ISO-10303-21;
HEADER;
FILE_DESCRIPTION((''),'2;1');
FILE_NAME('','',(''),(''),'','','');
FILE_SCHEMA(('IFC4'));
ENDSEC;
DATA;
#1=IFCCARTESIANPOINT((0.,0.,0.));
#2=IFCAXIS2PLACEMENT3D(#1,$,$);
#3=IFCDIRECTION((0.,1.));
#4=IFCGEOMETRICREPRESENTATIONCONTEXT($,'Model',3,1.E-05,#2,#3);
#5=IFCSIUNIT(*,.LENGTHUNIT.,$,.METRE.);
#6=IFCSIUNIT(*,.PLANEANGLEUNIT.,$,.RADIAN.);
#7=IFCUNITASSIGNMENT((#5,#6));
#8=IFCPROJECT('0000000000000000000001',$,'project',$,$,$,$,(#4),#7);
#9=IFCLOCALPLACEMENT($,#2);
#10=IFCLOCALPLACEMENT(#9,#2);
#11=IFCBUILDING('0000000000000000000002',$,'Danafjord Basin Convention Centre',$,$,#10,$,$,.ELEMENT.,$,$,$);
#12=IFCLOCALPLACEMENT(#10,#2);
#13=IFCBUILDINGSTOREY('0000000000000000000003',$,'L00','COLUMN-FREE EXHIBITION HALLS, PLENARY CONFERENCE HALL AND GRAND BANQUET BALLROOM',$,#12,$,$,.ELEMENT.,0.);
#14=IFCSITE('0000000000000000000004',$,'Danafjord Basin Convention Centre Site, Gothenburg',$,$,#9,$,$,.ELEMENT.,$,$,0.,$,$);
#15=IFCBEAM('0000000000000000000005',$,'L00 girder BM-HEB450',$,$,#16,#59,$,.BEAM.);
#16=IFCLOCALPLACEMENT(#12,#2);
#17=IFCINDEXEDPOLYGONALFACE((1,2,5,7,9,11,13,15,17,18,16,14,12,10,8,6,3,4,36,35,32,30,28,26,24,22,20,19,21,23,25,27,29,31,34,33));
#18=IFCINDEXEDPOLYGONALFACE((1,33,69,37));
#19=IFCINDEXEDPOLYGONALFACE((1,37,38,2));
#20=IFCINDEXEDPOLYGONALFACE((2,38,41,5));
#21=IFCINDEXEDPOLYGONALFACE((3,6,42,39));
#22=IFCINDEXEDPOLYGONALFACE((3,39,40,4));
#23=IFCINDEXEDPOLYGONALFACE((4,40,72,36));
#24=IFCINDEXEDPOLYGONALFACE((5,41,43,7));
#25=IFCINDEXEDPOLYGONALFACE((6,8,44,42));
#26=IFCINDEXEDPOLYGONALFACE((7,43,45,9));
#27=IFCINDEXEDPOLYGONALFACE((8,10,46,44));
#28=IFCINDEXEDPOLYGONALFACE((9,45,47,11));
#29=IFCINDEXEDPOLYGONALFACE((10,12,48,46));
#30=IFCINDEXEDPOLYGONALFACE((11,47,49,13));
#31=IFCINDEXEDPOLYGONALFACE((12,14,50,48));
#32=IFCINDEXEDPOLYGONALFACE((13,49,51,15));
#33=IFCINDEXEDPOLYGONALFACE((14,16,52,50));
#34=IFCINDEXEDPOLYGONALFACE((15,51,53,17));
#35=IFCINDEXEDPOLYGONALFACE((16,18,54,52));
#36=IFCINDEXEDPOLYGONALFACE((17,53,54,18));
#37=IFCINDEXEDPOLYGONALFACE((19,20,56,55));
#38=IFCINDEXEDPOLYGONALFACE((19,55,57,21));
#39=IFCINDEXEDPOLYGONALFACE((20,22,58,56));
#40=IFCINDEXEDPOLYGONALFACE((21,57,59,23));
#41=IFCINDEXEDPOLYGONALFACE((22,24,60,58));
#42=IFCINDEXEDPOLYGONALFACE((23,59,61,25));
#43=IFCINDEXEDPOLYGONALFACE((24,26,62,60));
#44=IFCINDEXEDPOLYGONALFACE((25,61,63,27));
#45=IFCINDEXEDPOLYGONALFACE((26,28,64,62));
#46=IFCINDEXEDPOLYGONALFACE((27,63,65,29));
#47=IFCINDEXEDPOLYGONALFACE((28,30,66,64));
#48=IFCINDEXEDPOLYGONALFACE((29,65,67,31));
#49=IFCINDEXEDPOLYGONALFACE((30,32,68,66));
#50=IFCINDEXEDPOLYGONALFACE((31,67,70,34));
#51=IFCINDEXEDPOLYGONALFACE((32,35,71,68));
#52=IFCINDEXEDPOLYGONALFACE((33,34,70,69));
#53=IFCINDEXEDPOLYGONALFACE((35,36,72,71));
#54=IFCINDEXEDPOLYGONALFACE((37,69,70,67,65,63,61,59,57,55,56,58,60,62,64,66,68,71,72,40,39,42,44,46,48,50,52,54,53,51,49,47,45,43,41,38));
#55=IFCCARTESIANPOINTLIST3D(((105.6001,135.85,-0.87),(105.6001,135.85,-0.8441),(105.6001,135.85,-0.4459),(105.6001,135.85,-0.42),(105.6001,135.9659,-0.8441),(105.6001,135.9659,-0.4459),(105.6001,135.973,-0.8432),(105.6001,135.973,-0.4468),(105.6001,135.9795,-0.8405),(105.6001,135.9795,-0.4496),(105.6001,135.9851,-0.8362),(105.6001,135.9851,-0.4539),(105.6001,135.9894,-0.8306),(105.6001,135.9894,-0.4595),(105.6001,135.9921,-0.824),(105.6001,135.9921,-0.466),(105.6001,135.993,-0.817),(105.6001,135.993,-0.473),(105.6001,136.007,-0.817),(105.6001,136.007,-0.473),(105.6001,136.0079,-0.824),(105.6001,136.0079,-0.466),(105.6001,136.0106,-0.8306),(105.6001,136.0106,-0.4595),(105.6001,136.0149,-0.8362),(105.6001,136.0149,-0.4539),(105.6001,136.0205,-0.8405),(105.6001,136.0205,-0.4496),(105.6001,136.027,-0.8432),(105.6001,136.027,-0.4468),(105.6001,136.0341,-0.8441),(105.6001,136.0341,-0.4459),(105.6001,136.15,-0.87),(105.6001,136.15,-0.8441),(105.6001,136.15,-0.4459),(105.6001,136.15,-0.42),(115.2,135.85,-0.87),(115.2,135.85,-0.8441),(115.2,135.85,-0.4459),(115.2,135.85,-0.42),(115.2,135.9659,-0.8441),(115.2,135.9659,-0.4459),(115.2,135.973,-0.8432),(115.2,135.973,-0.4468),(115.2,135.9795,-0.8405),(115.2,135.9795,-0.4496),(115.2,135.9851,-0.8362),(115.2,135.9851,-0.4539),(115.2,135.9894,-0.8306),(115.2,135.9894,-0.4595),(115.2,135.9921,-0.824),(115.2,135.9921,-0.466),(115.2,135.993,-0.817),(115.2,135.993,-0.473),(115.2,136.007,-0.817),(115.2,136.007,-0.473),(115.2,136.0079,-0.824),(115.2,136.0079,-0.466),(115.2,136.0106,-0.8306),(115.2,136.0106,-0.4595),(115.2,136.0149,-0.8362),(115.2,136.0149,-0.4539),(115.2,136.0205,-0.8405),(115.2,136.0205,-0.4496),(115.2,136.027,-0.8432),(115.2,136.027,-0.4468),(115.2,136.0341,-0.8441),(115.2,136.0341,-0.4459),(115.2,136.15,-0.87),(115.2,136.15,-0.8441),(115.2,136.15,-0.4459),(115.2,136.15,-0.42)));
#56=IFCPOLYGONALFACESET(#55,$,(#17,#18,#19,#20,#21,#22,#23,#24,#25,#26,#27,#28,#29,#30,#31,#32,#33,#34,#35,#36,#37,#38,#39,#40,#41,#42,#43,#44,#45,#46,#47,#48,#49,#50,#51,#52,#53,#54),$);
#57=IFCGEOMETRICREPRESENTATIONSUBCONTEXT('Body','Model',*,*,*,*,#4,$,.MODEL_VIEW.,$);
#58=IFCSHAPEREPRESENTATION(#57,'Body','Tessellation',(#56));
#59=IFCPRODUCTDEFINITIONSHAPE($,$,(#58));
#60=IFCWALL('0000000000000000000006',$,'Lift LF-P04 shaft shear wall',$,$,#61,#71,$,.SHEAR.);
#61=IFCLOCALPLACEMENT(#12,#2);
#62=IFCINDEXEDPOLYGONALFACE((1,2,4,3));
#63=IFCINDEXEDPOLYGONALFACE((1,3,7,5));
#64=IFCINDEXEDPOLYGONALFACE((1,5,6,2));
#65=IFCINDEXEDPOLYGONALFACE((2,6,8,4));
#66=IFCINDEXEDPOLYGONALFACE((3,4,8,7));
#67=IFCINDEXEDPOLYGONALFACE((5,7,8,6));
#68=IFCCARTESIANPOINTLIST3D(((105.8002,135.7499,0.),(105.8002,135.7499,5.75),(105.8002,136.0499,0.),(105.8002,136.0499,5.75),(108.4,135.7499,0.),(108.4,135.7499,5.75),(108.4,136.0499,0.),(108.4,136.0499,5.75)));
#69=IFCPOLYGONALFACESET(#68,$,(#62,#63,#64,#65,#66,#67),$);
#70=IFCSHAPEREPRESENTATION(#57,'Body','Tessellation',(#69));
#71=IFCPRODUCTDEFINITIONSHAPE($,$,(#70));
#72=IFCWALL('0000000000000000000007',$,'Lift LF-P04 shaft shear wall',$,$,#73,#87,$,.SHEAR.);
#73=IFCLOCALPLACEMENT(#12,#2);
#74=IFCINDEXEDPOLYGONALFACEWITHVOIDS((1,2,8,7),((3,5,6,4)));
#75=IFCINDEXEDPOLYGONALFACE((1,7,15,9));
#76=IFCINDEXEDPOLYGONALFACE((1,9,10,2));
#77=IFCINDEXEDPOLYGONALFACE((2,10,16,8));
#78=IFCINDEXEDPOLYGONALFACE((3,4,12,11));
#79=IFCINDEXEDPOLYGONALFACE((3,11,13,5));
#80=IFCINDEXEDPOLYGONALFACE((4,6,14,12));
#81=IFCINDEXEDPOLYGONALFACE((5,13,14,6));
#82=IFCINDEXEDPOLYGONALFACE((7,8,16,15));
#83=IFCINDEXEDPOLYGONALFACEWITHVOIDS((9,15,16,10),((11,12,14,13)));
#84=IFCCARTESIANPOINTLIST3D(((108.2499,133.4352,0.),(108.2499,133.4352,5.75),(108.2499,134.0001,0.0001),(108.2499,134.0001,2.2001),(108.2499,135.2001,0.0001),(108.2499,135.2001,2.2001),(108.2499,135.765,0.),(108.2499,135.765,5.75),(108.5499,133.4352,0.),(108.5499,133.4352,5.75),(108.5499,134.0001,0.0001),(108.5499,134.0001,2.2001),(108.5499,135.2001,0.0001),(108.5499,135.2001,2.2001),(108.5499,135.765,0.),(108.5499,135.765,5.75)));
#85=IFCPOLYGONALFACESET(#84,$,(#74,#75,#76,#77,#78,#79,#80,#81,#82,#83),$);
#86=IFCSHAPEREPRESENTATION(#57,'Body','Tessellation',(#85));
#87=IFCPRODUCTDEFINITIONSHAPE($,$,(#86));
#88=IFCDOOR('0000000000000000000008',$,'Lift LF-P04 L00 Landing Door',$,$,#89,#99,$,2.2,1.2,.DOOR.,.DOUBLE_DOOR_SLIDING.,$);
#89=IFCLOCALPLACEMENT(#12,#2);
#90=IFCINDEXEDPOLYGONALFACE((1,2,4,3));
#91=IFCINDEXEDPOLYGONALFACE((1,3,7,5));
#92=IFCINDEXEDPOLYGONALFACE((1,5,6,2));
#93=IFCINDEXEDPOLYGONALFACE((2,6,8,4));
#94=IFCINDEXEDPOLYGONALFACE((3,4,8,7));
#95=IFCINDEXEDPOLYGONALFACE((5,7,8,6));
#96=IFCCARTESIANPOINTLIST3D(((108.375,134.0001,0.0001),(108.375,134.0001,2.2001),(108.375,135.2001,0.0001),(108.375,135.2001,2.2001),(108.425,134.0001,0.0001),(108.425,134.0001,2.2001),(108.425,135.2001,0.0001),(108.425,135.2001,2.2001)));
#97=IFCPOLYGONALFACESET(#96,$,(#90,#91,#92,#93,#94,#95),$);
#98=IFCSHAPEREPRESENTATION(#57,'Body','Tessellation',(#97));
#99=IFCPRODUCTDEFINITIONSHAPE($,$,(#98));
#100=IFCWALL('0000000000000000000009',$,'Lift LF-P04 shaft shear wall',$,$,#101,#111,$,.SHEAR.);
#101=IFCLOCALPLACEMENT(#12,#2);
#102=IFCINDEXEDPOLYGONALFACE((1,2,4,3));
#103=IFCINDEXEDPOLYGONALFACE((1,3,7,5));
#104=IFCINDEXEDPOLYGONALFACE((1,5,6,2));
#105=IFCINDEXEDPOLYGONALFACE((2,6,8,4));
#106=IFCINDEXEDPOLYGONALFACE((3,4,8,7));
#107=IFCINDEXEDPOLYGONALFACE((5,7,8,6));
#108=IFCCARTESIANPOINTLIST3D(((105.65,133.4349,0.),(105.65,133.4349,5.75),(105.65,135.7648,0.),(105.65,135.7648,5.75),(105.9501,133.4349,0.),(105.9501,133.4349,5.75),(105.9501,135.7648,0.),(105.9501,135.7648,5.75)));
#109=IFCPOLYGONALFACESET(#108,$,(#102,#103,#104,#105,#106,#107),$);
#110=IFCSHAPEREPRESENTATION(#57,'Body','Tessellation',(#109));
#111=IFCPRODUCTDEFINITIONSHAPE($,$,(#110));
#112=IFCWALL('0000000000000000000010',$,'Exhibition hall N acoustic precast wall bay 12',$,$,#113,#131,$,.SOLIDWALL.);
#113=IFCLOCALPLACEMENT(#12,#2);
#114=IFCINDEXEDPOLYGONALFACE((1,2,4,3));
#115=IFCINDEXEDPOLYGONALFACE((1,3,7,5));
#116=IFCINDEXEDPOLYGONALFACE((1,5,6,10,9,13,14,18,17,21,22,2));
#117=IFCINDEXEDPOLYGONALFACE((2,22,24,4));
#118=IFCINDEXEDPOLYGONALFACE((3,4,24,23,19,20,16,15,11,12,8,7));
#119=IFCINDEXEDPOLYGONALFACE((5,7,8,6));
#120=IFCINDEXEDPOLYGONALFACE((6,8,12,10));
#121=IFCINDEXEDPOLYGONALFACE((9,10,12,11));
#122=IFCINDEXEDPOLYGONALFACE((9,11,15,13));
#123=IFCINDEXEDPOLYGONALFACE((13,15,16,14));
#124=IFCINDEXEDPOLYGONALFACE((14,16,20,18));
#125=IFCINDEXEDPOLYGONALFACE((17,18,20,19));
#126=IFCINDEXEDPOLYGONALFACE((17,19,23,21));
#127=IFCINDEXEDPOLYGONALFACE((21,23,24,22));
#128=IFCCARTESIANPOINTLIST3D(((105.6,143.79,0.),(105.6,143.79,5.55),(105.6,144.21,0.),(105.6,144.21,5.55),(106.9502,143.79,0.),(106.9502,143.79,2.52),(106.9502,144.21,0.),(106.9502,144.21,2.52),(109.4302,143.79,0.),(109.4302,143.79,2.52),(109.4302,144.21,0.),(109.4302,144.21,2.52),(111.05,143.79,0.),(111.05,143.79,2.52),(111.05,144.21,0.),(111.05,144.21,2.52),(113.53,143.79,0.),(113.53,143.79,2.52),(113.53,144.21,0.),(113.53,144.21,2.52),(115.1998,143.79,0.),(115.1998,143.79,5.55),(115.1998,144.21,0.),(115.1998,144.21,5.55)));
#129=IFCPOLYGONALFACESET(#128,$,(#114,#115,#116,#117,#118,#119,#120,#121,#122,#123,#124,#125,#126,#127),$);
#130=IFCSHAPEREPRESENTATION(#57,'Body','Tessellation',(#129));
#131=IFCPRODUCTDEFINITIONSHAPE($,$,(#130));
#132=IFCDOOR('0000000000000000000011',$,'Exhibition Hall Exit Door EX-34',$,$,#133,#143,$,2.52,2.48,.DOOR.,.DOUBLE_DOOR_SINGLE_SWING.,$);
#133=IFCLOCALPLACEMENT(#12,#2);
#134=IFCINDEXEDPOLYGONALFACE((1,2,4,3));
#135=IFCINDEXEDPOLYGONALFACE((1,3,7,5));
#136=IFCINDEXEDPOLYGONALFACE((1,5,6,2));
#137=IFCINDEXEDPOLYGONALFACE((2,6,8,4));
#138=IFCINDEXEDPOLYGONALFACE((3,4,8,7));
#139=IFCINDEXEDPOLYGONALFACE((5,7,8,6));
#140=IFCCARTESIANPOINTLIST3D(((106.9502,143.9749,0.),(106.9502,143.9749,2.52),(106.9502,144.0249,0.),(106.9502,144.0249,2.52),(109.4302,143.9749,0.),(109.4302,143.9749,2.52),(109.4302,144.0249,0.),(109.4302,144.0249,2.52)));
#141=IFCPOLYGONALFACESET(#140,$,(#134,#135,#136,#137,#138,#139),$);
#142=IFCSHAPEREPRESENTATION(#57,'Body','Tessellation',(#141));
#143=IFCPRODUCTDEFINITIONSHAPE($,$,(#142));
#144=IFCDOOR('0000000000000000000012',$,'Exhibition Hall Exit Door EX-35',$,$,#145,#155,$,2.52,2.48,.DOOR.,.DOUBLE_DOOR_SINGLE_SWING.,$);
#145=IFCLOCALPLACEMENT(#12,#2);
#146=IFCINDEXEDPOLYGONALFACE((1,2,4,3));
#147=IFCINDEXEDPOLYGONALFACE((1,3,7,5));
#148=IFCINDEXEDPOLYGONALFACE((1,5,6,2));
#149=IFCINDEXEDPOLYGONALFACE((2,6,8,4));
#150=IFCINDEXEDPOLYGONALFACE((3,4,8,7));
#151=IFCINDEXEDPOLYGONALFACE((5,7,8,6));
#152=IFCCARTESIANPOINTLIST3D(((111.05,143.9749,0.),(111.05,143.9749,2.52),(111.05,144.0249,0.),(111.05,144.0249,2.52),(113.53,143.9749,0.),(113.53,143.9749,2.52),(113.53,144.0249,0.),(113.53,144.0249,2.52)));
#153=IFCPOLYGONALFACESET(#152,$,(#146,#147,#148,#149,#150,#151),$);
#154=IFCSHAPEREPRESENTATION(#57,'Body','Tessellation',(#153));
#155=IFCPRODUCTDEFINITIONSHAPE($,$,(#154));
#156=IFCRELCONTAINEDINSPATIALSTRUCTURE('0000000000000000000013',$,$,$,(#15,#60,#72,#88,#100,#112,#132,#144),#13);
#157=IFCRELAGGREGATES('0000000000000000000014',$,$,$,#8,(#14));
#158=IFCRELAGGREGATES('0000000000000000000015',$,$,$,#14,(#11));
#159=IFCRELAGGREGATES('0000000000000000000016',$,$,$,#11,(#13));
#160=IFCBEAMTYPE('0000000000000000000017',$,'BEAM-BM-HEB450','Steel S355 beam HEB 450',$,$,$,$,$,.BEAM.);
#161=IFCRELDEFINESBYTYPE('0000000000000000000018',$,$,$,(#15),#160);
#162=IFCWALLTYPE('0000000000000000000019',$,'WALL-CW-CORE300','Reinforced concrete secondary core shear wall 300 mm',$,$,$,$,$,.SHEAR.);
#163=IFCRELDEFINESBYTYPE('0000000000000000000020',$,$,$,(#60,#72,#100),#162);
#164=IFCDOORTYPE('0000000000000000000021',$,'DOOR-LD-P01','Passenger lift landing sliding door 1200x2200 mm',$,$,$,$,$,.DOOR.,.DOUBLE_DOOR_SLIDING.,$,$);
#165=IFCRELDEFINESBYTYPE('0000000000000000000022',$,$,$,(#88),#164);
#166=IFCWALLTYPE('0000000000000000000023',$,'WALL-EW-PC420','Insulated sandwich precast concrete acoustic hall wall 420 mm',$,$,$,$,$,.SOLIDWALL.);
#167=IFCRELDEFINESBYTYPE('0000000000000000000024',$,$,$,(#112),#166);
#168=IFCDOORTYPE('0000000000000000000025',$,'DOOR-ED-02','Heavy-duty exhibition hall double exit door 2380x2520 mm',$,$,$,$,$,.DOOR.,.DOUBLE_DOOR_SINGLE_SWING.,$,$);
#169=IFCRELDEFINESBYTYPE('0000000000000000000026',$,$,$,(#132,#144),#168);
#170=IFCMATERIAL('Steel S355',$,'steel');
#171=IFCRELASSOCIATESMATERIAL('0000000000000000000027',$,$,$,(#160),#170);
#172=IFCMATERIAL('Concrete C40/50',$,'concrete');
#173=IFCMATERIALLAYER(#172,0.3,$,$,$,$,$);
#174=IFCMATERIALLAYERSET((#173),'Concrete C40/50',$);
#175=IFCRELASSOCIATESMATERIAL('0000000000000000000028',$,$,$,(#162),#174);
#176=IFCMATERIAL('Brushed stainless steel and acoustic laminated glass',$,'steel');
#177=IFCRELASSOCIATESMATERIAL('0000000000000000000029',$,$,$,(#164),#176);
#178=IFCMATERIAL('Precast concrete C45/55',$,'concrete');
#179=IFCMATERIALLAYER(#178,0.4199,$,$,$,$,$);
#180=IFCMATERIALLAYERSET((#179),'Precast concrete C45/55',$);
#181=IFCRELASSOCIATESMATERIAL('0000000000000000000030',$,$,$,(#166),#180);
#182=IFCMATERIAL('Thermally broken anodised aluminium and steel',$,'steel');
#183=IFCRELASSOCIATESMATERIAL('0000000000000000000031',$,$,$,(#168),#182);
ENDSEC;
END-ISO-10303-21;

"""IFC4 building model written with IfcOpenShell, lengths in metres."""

from ifc_helpers import new_model, si_unit, direction, frame, frame_2d, origin, origin_2d, place, context, subcontext, project, spatial, rectangle, i_section, extrude, material, layer, layer_set, material_profile, profile_set, type_object, element, fill, save


model = new_model("IFC4")

# Units and contexts
model_context = context("Model", 3, precision=1e-05, world=origin(), true_north=direction((0.0, 1.0)))
body_context = subcontext(model_context, "Body", "Model", "MODEL_VIEW")
ifc_project = project(units=[si_unit("LENGTHUNIT", "METRE"), si_unit("PLANEANGLEUNIT", "RADIAN")], contexts=[model_context])

# Site, building, storey
site_placement = place(None, origin())
site = spatial("IfcSite", under=ifc_project, at=site_placement, Name="Danafjord Basin Convention Centre Site, Gothenburg", CompositionType="ELEMENT", RefElevation=0.0)
building_placement = place(site_placement, origin())
building = spatial("IfcBuilding", under=site, at=building_placement, Name="Danafjord Basin Convention Centre", CompositionType="ELEMENT")
storey_placement = place(building_placement, origin())
storey = spatial("IfcBuildingStorey", under=building, at=storey_placement, Name="L00", Description="COLUMN-FREE EXHIBITION HALLS, PLENARY CONFERENCE HALL AND GRAND BANQUET BALLROOM", CompositionType="ELEMENT", Elevation=0.0)

# Shared definitions
ifc_material_1 = material(Name="Concrete C40/50", Category="concrete")

# Shared definitions
ifc_material_2 = material(Name="Steel S355", Category="steel")

# Beam
ifc_material_profile_1 = material_profile(ifc_material_2, i_section(OverallWidth=0.3, OverallDepth=0.45, WebThickness=0.0139, FlangeThickness=0.0259, FilletRadius=0.0271, at=origin_2d()), Name="HEB 450")
ifc_profile_set_1 = profile_set([ifc_material_profile_1], Name="Steel S355")
beam_type = type_object("IfcBeamType", Name="BEAM-BM-HEB450", Description="Steel S355 beam HEB 450", PredefinedType="BEAM", material=ifc_profile_set_1)
beam_placement = place(storey_placement, frame((105.6001, 136.0, -0.645), z_axis=(1.0, 0.0, 0.0), x_axis=(0.0, 1.0, 0.0)))
element("IfcBeam", 1, at=beam_placement, inside=storey, type_object=beam_type, Name="L00 girder BM-HEB450", PredefinedType="BEAM", context=body_context, shape_type="SweptSolid", body=[
    extrude(i_section(OverallWidth=0.3, OverallDepth=0.45, WebThickness=0.0139, FlangeThickness=0.0259, FilletRadius=0.0271, at=origin_2d()), origin(), (0.0, 0.0, 1.0), 9.5999),
])

# Wall
ifc_layer_1 = layer(ifc_material_1, 0.3)
ifc_layer_set_1 = layer_set([ifc_layer_1], Name="Concrete C40/50")
wall_type_1 = type_object("IfcWallType", Name="WALL-CW-CORE300", Description="Reinforced concrete secondary core shear wall 300 mm", PredefinedType="SHEAR", material=ifc_layer_set_1)
wall_1_placement = place(storey_placement, frame((108.3999, 135.8999, 0.0), z_axis=(0.0, 0.0, 1.0), x_axis=(-1.0, 0.0, 0.0)))
element("IfcWall", 2, at=wall_1_placement, inside=storey, type_object=wall_type_1, Name="Lift LF-P04 shaft shear wall", PredefinedType="SHEAR", context=body_context, shape_type="SweptSolid", body=[
    extrude(rectangle(XDim=2.5999, YDim=0.3, at=frame_2d((1.2998, 0.0))), origin(), (0.0, 0.0, 1.0), 5.75),
])

# Wall, opening, door
wall_2_placement = place(storey_placement, frame((108.3999, 133.4351, 0.0), z_axis=(0.0, 0.0, 1.0), x_axis=(0.0, 1.0, 0.0)))
wall_2 = element("IfcWall", 3, at=wall_2_placement, inside=storey, type_object=wall_type_1, Name="Lift LF-P04 shaft shear wall", PredefinedType="SHEAR", context=body_context, shape_type="SweptSolid", body=[
    extrude(rectangle(XDim=2.3298, YDim=0.3, at=frame_2d((1.165, 0.0))), origin(), (0.0, 0.0, 1.0), 5.75),
])
opening_1_placement = place(wall_2_placement, frame((0.5649, 0.0, 0.0)))
opening_1 = element("IfcOpeningElement", 4, at=opening_1_placement, cuts=wall_2, PredefinedType="OPENING", context=body_context, shape_type="SweptSolid", body=[
    extrude(rectangle(XDim=1.2, YDim=2.2, at=frame_2d((0.6001, 1.1001))), frame((0.0, 0.1599, 0.0), z_axis=(0.0, -1.0, 0.0), x_axis=(1.0, 0.0, 0.0)), (0.0, 0.0, 1.0), 0.3201),
])
ifc_material_3 = material(Name="Brushed stainless steel and acoustic laminated glass", Category="steel")
door_type_1 = type_object("IfcDoorType", Name="DOOR-LD-P01", Description="Passenger lift landing sliding door 1200x2200 mm", OperationType="DOUBLE_DOOR_SLIDING", PredefinedType="DOOR", material=ifc_material_3)
door_1_placement = place(opening_1_placement, origin())
door_1 = element("IfcDoor", 5, at=door_1_placement, inside=storey, type_object=door_type_1, Name="Lift LF-P04 L00 Landing Door", OperationType="DOUBLE_DOOR_SLIDING", OverallHeight=2.2, OverallWidth=1.2, PredefinedType="DOOR", context=body_context, shape_type="SweptSolid", body=[
    extrude(rectangle(XDim=1.2, YDim=2.2, at=frame_2d((0.6001, 1.1001))), frame((0.0, 0.0249, 0.0), z_axis=(0.0, -1.0, 0.0), x_axis=(1.0, 0.0, 0.0)), (0.0, 0.0, 1.0), 0.05),
])
fill(opening_1, door_1)

# Wall
wall_3_placement = place(storey_placement, frame((105.8, 135.7649, 0.0), z_axis=(0.0, 0.0, 1.0), x_axis=(0.0, -1.0, 0.0)))
element("IfcWall", 6, at=wall_3_placement, inside=storey, type_object=wall_type_1, Name="Lift LF-P04 shaft shear wall", PredefinedType="SHEAR", context=body_context, shape_type="SweptSolid", body=[
    extrude(rectangle(XDim=2.3298, YDim=0.3, at=frame_2d((1.165, 0.0))), origin(), (0.0, 0.0, 1.0), 5.75),
])

# Wall, openings, doors
ifc_material_4 = material(Name="Precast concrete C45/55", Category="concrete")
ifc_layer_2 = layer(ifc_material_4, 0.4199)
ifc_layer_set_2 = layer_set([ifc_layer_2], Name="Precast concrete C45/55")
wall_type_2 = type_object("IfcWallType", Name="WALL-EW-PC420", Description="Insulated sandwich precast concrete acoustic hall wall 420 mm", PredefinedType="SOLIDWALL", material=ifc_layer_set_2)
wall_4_placement = place(storey_placement, frame((105.6001, 144.0, 0.0), z_axis=(0.0, 0.0, 1.0), x_axis=(1.0, 0.0, 0.0)))
wall_4 = element("IfcWall", 7, at=wall_4_placement, inside=storey, type_object=wall_type_2, Name="Exhibition hall N acoustic precast wall bay 12", PredefinedType="SOLIDWALL", context=body_context, shape_type="SweptSolid", body=[
    extrude(rectangle(XDim=9.5999, YDim=0.4199, at=frame_2d((4.7998, 0.0))), origin(), (0.0, 0.0, 1.0), 5.55),
])
opening_2_placement = place(wall_4_placement, frame((1.3501, 0.0, 0.0)))
opening_2 = element("IfcOpeningElement", 8, at=opening_2_placement, cuts=wall_4, PredefinedType="OPENING", context=body_context, shape_type="SweptSolid", body=[
    extrude(rectangle(XDim=2.48, YDim=2.52, at=frame_2d((1.24, 1.26))), frame((0.0, 0.22, 0.0), z_axis=(0.0, -1.0, 0.0), x_axis=(1.0, 0.0, 0.0)), (0.0, 0.0, 1.0), 0.4399),
])
opening_3_placement = place(wall_4_placement, frame((5.45, 0.0, 0.0)))
opening_3 = element("IfcOpeningElement", 9, at=opening_3_placement, cuts=wall_4, PredefinedType="OPENING", context=body_context, shape_type="SweptSolid", body=[
    extrude(rectangle(XDim=2.48, YDim=2.52, at=frame_2d((1.24, 1.26))), frame((0.0, 0.22, 0.0), z_axis=(0.0, -1.0, 0.0), x_axis=(1.0, 0.0, 0.0)), (0.0, 0.0, 1.0), 0.4399),
])
ifc_material_5 = material(Name="Thermally broken anodised aluminium and steel", Category="steel")
door_type_2 = type_object("IfcDoorType", Name="DOOR-ED-02", Description="Heavy-duty exhibition hall double exit door 2380x2520 mm", OperationType="DOUBLE_DOOR_SINGLE_SWING", PredefinedType="DOOR", material=ifc_material_5)
door_2_placement = place(opening_2_placement, origin())
door_2 = element("IfcDoor", 10, at=door_2_placement, inside=storey, type_object=door_type_2, Name="Exhibition Hall Exit Door EX-34", OperationType="DOUBLE_DOOR_SINGLE_SWING", OverallHeight=2.52, OverallWidth=2.48, PredefinedType="DOOR", context=body_context, shape_type="SweptSolid", body=[
    extrude(rectangle(XDim=2.48, YDim=2.52, at=frame_2d((1.24, 1.26))), frame((0.0, 0.0249, 0.0), z_axis=(0.0, -1.0, 0.0), x_axis=(1.0, 0.0, 0.0)), (0.0, 0.0, 1.0), 0.05),
])
fill(opening_2, door_2)
door_3_placement = place(opening_3_placement, origin())
door_3 = element("IfcDoor", 11, at=door_3_placement, inside=storey, type_object=door_type_2, Name="Exhibition Hall Exit Door EX-35", OperationType="DOUBLE_DOOR_SINGLE_SWING", OverallHeight=2.52, OverallWidth=2.48, PredefinedType="DOOR", context=body_context, shape_type="SweptSolid", body=[
    extrude(rectangle(XDim=2.48, YDim=2.52, at=frame_2d((1.24, 1.26))), frame((0.0, 0.0249, 0.0), z_axis=(0.0, -1.0, 0.0), x_axis=(1.0, 0.0, 0.0)), (0.0, 0.0, 1.0), 0.05),
])
fill(opening_3, door_3)

save(model, "model.ifc")
